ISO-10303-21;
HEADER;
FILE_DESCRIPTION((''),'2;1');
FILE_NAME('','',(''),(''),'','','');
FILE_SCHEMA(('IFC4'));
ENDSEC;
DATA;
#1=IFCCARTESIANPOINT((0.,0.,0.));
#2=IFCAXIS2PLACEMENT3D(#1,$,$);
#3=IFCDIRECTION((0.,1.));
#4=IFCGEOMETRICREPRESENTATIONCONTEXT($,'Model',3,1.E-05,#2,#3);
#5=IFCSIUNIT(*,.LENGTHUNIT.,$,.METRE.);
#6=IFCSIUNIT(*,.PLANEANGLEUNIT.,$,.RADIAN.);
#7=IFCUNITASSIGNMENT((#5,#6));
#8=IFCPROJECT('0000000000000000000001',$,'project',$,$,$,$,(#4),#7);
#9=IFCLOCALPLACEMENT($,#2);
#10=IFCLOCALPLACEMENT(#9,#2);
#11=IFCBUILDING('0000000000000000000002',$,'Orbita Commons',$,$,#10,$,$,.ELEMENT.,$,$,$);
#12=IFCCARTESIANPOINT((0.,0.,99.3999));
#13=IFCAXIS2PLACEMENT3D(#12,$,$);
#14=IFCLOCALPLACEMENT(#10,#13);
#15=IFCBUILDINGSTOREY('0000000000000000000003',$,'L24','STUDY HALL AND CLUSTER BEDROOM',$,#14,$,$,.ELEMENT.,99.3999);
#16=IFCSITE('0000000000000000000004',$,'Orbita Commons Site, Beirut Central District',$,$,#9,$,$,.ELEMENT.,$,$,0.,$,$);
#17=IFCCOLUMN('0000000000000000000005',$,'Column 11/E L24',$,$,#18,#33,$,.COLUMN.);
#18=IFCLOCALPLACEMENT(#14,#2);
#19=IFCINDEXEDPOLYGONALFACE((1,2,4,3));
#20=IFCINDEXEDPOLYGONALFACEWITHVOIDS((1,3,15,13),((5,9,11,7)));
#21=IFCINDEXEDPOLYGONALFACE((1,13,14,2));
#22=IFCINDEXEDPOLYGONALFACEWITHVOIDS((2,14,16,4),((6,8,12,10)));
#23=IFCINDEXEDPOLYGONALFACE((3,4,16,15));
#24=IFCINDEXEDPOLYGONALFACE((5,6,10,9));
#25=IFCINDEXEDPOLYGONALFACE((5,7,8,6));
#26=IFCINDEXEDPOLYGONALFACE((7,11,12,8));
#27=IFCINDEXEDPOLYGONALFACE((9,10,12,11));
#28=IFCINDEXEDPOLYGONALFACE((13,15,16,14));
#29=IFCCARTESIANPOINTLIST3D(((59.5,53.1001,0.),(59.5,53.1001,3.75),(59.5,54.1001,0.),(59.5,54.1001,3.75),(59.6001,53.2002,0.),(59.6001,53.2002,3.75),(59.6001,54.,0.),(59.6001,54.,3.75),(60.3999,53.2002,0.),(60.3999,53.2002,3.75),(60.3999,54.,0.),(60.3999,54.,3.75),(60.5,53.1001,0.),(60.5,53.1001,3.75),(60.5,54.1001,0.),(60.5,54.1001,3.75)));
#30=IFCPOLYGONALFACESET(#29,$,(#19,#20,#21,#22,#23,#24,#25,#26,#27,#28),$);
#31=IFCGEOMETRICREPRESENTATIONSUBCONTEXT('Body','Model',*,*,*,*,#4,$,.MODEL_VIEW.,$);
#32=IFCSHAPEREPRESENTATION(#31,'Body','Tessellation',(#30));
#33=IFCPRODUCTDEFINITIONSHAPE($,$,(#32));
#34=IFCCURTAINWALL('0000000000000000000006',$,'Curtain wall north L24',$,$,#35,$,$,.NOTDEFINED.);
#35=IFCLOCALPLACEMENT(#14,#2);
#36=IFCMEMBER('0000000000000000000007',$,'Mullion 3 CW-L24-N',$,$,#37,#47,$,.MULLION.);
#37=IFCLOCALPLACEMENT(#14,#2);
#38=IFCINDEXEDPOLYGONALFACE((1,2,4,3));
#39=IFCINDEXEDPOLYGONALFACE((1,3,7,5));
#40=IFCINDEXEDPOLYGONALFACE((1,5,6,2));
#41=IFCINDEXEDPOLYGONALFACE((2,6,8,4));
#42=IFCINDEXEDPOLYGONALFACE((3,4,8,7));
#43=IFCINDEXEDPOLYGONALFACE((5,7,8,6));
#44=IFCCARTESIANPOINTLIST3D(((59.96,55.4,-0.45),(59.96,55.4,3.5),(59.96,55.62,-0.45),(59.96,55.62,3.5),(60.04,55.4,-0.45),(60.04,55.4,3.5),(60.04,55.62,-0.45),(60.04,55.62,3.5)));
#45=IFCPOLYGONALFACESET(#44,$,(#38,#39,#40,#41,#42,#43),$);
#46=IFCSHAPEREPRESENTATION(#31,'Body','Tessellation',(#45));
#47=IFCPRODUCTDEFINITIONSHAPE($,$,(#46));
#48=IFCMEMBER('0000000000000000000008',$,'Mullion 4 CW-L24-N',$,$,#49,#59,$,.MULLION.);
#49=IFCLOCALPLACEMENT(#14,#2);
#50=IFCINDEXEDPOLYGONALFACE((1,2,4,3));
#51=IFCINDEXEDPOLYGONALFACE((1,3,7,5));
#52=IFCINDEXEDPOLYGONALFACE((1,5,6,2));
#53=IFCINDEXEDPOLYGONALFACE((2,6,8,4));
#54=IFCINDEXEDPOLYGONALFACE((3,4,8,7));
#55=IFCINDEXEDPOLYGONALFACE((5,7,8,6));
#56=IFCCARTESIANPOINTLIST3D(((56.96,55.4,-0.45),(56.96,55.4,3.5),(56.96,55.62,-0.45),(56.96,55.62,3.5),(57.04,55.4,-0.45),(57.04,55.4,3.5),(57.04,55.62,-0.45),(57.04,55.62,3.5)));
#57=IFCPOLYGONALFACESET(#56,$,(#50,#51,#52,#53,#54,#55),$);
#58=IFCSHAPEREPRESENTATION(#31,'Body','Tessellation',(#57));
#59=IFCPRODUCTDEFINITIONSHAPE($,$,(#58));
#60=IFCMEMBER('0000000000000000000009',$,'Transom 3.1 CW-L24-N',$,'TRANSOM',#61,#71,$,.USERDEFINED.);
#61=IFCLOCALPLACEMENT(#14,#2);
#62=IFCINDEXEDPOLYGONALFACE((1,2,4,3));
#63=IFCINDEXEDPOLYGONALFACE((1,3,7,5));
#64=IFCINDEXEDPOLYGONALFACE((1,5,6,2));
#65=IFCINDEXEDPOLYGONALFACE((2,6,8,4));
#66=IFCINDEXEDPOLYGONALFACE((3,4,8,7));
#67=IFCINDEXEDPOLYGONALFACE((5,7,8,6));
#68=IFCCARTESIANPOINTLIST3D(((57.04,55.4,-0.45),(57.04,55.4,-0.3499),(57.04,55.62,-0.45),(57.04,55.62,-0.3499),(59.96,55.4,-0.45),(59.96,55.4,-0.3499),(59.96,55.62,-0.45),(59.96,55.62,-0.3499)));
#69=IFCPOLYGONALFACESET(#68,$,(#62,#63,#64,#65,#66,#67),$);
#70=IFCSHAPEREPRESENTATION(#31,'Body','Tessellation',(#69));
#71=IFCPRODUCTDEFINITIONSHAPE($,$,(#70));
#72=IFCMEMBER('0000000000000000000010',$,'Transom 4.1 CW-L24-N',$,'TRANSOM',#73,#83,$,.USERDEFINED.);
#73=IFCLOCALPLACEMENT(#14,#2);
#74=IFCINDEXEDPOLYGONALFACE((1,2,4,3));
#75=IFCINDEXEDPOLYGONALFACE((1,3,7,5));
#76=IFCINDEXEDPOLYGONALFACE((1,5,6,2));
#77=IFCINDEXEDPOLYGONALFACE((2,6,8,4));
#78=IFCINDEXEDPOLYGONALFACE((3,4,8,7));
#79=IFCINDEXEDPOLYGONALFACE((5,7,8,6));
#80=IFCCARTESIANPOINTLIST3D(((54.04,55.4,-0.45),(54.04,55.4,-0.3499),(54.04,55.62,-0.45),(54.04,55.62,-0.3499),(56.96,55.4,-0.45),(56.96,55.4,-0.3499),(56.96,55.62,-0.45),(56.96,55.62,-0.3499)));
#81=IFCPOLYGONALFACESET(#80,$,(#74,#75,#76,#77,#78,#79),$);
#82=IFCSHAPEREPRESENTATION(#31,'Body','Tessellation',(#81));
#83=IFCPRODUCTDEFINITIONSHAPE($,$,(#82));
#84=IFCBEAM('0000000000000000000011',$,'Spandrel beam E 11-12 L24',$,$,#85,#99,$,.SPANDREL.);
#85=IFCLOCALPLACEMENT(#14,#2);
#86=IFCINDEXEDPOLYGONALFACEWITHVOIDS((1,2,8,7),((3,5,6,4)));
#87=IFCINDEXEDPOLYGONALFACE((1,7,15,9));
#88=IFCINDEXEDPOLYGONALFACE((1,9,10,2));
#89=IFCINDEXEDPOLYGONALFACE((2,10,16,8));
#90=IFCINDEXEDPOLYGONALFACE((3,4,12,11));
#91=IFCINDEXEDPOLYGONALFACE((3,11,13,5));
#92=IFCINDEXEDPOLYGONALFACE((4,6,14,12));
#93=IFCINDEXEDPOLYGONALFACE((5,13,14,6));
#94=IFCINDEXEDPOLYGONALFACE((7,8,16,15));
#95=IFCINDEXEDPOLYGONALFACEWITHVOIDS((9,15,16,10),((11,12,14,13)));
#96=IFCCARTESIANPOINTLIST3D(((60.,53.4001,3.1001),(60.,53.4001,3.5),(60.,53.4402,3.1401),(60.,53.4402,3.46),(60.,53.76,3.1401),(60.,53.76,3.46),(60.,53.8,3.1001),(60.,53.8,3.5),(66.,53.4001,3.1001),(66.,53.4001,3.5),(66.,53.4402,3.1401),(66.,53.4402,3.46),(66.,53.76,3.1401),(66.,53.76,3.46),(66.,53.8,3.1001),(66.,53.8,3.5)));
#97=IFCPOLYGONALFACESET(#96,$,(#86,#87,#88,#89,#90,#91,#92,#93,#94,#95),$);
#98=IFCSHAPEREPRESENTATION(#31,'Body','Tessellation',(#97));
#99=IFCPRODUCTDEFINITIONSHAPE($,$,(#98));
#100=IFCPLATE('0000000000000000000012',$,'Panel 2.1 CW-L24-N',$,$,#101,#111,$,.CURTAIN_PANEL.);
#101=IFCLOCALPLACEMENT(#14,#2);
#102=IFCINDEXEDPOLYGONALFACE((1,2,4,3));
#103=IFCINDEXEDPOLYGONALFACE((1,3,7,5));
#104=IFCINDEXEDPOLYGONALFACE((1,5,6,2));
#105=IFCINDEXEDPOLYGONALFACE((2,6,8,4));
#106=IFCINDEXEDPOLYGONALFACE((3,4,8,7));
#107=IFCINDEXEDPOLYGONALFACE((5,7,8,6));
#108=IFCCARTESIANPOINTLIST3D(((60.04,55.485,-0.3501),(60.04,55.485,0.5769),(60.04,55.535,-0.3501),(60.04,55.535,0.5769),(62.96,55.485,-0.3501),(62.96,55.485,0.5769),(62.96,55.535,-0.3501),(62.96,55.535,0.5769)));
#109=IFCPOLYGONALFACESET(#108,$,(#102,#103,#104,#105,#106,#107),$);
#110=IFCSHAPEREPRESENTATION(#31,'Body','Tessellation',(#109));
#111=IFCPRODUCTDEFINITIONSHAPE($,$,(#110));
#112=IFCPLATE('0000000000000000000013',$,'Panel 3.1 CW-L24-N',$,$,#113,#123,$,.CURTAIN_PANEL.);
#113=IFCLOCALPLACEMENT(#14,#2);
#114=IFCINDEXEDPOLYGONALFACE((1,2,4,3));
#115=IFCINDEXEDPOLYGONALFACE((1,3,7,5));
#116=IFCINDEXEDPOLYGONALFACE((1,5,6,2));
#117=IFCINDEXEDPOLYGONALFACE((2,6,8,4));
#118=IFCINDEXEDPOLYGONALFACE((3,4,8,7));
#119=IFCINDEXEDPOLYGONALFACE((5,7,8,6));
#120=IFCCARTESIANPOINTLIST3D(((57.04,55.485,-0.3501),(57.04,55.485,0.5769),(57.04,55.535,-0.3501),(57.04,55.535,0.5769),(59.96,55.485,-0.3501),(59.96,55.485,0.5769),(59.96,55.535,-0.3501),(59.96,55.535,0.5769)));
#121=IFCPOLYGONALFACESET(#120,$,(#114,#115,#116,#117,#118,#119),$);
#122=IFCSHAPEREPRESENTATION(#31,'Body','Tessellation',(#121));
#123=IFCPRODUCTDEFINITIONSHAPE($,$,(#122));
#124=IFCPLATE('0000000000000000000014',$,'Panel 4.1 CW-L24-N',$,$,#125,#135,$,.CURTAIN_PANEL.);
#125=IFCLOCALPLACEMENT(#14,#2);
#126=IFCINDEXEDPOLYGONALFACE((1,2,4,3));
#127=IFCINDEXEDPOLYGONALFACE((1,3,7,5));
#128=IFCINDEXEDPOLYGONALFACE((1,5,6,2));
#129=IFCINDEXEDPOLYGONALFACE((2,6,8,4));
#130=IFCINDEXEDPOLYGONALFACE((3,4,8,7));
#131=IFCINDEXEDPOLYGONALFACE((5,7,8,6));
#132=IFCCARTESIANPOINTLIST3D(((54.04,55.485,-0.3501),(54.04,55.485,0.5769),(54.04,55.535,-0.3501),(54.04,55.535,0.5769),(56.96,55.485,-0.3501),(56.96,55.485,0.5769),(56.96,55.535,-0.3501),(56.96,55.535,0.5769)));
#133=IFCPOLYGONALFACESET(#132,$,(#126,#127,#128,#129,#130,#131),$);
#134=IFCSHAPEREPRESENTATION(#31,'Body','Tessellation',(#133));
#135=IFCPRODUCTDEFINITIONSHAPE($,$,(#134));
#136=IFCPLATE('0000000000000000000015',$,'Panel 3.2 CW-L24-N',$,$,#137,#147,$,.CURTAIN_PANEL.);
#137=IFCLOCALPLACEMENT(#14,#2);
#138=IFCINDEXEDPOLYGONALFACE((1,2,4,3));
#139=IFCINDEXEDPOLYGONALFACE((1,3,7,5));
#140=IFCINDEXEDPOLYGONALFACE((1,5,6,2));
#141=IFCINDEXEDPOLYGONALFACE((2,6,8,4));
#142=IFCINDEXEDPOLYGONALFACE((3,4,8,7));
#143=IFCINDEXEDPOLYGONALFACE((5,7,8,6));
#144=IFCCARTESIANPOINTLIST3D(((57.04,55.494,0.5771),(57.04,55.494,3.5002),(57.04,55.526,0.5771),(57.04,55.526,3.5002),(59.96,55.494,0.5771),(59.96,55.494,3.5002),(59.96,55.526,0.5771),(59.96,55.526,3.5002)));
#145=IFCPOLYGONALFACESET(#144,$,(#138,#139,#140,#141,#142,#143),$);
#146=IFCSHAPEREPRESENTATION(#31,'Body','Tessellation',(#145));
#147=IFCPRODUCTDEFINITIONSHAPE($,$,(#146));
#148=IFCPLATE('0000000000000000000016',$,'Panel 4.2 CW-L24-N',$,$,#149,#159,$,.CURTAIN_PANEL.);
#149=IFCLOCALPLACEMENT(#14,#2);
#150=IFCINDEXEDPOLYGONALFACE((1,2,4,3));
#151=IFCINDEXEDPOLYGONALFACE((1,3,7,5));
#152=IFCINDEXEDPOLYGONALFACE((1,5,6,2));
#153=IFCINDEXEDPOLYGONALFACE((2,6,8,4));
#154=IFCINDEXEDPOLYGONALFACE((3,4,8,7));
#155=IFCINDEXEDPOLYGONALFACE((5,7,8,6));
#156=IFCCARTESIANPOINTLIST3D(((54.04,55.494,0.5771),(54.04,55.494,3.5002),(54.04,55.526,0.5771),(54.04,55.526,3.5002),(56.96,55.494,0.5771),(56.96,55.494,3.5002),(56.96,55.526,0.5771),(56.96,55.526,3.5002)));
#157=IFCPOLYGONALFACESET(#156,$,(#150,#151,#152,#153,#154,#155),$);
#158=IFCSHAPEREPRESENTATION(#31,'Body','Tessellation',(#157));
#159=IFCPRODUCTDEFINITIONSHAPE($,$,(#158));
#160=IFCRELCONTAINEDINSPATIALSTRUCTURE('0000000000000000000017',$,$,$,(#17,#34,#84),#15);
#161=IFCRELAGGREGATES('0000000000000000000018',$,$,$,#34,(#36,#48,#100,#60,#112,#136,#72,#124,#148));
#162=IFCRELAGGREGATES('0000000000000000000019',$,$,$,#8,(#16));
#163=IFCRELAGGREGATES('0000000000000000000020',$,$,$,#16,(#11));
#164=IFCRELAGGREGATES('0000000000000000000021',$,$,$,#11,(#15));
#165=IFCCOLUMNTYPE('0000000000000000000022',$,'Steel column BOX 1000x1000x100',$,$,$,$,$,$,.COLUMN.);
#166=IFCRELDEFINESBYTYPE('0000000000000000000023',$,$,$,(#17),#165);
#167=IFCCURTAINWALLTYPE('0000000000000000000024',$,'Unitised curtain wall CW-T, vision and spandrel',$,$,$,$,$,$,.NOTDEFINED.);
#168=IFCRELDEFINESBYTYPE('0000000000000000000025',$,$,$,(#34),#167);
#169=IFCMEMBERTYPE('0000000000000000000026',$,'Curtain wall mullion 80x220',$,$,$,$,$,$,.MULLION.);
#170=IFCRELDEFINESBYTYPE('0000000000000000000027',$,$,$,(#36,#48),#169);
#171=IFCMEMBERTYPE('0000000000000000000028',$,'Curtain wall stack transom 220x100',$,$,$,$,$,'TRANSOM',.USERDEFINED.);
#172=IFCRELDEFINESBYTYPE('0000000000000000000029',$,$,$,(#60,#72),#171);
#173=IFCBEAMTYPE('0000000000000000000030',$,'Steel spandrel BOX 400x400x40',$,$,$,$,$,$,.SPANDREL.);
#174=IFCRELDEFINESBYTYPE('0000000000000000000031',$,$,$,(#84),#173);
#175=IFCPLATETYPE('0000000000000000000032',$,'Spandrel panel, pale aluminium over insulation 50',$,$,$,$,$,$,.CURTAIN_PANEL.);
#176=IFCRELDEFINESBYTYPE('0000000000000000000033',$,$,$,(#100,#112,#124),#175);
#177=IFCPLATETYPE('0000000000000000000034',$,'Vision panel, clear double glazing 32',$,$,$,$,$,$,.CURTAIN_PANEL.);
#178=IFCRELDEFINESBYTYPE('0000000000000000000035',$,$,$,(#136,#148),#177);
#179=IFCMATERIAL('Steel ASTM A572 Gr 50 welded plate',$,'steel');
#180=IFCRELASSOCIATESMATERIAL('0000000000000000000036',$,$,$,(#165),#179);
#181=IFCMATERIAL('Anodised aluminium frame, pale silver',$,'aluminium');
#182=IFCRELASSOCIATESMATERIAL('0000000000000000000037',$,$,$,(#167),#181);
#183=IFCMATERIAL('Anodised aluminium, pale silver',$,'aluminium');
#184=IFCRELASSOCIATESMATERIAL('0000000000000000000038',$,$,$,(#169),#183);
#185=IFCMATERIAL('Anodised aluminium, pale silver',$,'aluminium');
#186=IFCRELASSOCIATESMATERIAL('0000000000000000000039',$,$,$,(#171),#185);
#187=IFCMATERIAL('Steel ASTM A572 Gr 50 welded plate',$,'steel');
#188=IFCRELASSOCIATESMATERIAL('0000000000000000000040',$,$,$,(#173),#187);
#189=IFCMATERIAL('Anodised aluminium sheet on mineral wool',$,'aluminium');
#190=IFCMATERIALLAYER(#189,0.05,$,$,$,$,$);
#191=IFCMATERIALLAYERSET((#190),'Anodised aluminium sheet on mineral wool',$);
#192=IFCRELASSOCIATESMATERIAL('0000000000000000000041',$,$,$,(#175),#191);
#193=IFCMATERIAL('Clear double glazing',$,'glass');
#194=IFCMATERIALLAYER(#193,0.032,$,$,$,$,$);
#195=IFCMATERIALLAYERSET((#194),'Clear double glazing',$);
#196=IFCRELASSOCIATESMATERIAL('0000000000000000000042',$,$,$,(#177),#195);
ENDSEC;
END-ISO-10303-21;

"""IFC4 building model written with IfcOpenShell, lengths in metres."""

from ifc_helpers import new_model, si_unit, direction, frame, origin, origin_2d, place, context, subcontext, project, spatial, rectangle, hollow_rectangle, extrude, material, layer, layer_set, material_profile, profile_set, type_object, element, aggregate, save


model = new_model("IFC4")

# Units and contexts
model_context = context("Model", 3, precision=1e-05, world=origin(), true_north=direction((0.0, 1.0)))
body_context = subcontext(model_context, "Body", "Model", "MODEL_VIEW")
ifc_project = project(units=[si_unit("LENGTHUNIT", "METRE"), si_unit("PLANEANGLEUNIT", "RADIAN")], contexts=[model_context])

# Site, building, storey
site_placement = place(None, origin())
site = spatial("IfcSite", under=ifc_project, at=site_placement, Name="Orbita Commons Site, Beirut Central District", CompositionType="ELEMENT", RefElevation=0.0)
building_placement = place(site_placement, origin())
building = spatial("IfcBuilding", under=site, at=building_placement, Name="Orbita Commons", CompositionType="ELEMENT")
storey_placement = place(building_placement, frame((0.0, 0.0, 99.3999)))
storey = spatial("IfcBuildingStorey", under=building, at=storey_placement, Name="L24", Description="STUDY HALL AND CLUSTER BEDROOM", CompositionType="ELEMENT", Elevation=99.3999)

# Column
ifc_material_1 = material(Name="Steel ASTM A572 Gr 50 welded plate", Category="steel")
ifc_material_profile_1 = material_profile(ifc_material_1, hollow_rectangle(XDim=1.0, YDim=1.0, WallThickness=0.1001, at=origin_2d()), Name="BOX 1000x1000x100")
ifc_profile_set_1 = profile_set([ifc_material_profile_1], Name="Steel ASTM A572 Gr 50 welded plate")
column_type = type_object("IfcColumnType", Name="Steel column BOX 1000x1000x100", PredefinedType="COLUMN", material=ifc_profile_set_1)
column_placement = place(storey_placement, frame((60.0, 53.6001, 0.0), z_axis=(0.0, 0.0, 1.0), x_axis=(1.0, 0.0, 0.0)))
element("IfcColumn", 1, at=column_placement, inside=storey, type_object=column_type, Name="Column 11/E L24", PredefinedType="COLUMN", context=body_context, shape_type="SweptSolid", body=[
    extrude(hollow_rectangle(XDim=1.0, YDim=1.0, WallThickness=0.1001, at=origin_2d()), origin(), (0.0, 0.0, 1.0), 3.75),
])

# Curtain wall, members
ifc_material_2 = material(Name="Anodised aluminium frame, pale silver", Category="aluminium")
curtain_wall_type = type_object("IfcCurtainWallType", Name="Unitised curtain wall CW-T, vision and spandrel", PredefinedType="NOTDEFINED", material=ifc_material_2)
curtain_wall_placement = place(storey_placement, origin())
curtain_wall = element("IfcCurtainWall", 2, at=curtain_wall_placement, inside=storey, type_object=curtain_wall_type, Name="Curtain wall north L24", PredefinedType="NOTDEFINED")
ifc_material_3 = material(Name="Anodised aluminium, pale silver", Category="aluminium")
ifc_material_profile_2 = material_profile(ifc_material_3, rectangle(XDim=0.0801, YDim=0.22, at=origin_2d()), Name="AL 80x220")
ifc_profile_set_2 = profile_set([ifc_material_profile_2], Name="Anodised aluminium, pale silver")
member_type_1 = type_object("IfcMemberType", Name="Curtain wall mullion 80x220", PredefinedType="MULLION", material=ifc_profile_set_2)
member_1_placement = place(storey_placement, frame((60.0, 55.51, -0.45), z_axis=(0.0, 0.0, 1.0), x_axis=(-1.0, 0.0, 0.0)))
member_1 = element("IfcMember", 3, at=member_1_placement, type_object=member_type_1, Name="Mullion 3 CW-L24-N", PredefinedType="MULLION", context=body_context, shape_type="SweptSolid", body=[
    extrude(rectangle(XDim=0.0801, YDim=0.22, at=origin_2d()), origin(), (0.0, 0.0, 1.0), 3.95),
])
member_2_placement = place(storey_placement, frame((57.0, 55.51, -0.45), z_axis=(0.0, 0.0, 1.0), x_axis=(-1.0, 0.0, 0.0)))
member_2 = element("IfcMember", 4, at=member_2_placement, type_object=member_type_1, Name="Mullion 4 CW-L24-N", PredefinedType="MULLION", context=body_context, shape_type="SweptSolid", body=[
    extrude(rectangle(XDim=0.0801, YDim=0.22, at=origin_2d()), origin(), (0.0, 0.0, 1.0), 3.95),
])
ifc_material_4 = material(Name="Anodised aluminium, pale silver", Category="aluminium")
ifc_material_profile_3 = material_profile(ifc_material_4, rectangle(XDim=0.22, YDim=0.1001, at=origin_2d()), Name="AL 220x100")
ifc_profile_set_3 = profile_set([ifc_material_profile_3], Name="Anodised aluminium, pale silver")
member_type_2 = type_object("IfcMemberType", Name="Curtain wall stack transom 220x100", ElementType="TRANSOM", PredefinedType="USERDEFINED", material=ifc_profile_set_3)
member_3_placement = place(storey_placement, frame((59.96, 55.51, -0.3999), z_axis=(-1.0, 0.0, 0.0), x_axis=(0.0, -1.0, 0.0)))
member_3 = element("IfcMember", 5, at=member_3_placement, type_object=member_type_2, Name="Transom 3.1 CW-L24-N", ObjectType="TRANSOM", PredefinedType="USERDEFINED", context=body_context, shape_type="SweptSolid", body=[
    extrude(rectangle(XDim=0.22, YDim=0.1001, at=origin_2d()), origin(), (0.0, 0.0, 1.0), 2.9199),
])
member_4_placement = place(storey_placement, frame((56.96, 55.51, -0.3999), z_axis=(-1.0, 0.0, 0.0), x_axis=(0.0, -1.0, 0.0)))
member_4 = element("IfcMember", 6, at=member_4_placement, type_object=member_type_2, Name="Transom 4.1 CW-L24-N", ObjectType="TRANSOM", PredefinedType="USERDEFINED", context=body_context, shape_type="SweptSolid", body=[
    extrude(rectangle(XDim=0.22, YDim=0.1001, at=origin_2d()), origin(), (0.0, 0.0, 1.0), 2.9199),
])

# Beam
ifc_material_5 = material(Name="Steel ASTM A572 Gr 50 welded plate", Category="steel")
ifc_material_profile_4 = material_profile(ifc_material_5, hollow_rectangle(XDim=0.3999, YDim=0.3999, WallThickness=0.04, at=origin_2d()), Name="BOX 400x400x40")
ifc_profile_set_4 = profile_set([ifc_material_profile_4], Name="Steel ASTM A572 Gr 50 welded plate")
beam_type = type_object("IfcBeamType", Name="Steel spandrel BOX 400x400x40", PredefinedType="SPANDREL", material=ifc_profile_set_4)
beam_placement = place(storey_placement, frame((60.0, 53.6001, 3.3), z_axis=(1.0, 0.0, 0.0), x_axis=(0.0, 1.0, 0.0)))
element("IfcBeam", 7, at=beam_placement, inside=storey, type_object=beam_type, Name="Spandrel beam E 11-12 L24", PredefinedType="SPANDREL", context=body_context, shape_type="SweptSolid", body=[
    extrude(hollow_rectangle(XDim=0.3999, YDim=0.3999, WallThickness=0.04, at=origin_2d()), origin(), (0.0, 0.0, 1.0), 6.0),
])

# Plates
ifc_material_6 = material(Name="Anodised aluminium sheet on mineral wool", Category="aluminium")
ifc_layer_1 = layer(ifc_material_6, 0.05)
ifc_layer_set_1 = layer_set([ifc_layer_1], Name="Anodised aluminium sheet on mineral wool")
plate_type_1 = type_object("IfcPlateType", Name="Spandrel panel, pale aluminium over insulation 50", PredefinedType="CURTAIN_PANEL", material=ifc_layer_set_1)
plate_1_placement = place(storey_placement, frame((61.5, 55.51, -0.3501), z_axis=(0.0, 0.0, 1.0), x_axis=(-1.0, 0.0, 0.0)))
plate_1 = element("IfcPlate", 8, at=plate_1_placement, type_object=plate_type_1, Name="Panel 2.1 CW-L24-N", PredefinedType="CURTAIN_PANEL", context=body_context, shape_type="SweptSolid", body=[
    extrude(rectangle(XDim=2.9199, YDim=0.05, at=origin_2d()), origin(), (0.0, 0.0, 1.0), 0.927),
])
plate_2_placement = place(storey_placement, frame((58.5, 55.51, -0.3501), z_axis=(0.0, 0.0, 1.0), x_axis=(-1.0, 0.0, 0.0)))
plate_2 = element("IfcPlate", 9, at=plate_2_placement, type_object=plate_type_1, Name="Panel 3.1 CW-L24-N", PredefinedType="CURTAIN_PANEL", context=body_context, shape_type="SweptSolid", body=[
    extrude(rectangle(XDim=2.9199, YDim=0.05, at=origin_2d()), origin(), (0.0, 0.0, 1.0), 0.927),
])
plate_3_placement = place(storey_placement, frame((55.5, 55.51, -0.3501), z_axis=(0.0, 0.0, 1.0), x_axis=(-1.0, 0.0, 0.0)))
plate_3 = element("IfcPlate", 10, at=plate_3_placement, type_object=plate_type_1, Name="Panel 4.1 CW-L24-N", PredefinedType="CURTAIN_PANEL", context=body_context, shape_type="SweptSolid", body=[
    extrude(rectangle(XDim=2.9199, YDim=0.05, at=origin_2d()), origin(), (0.0, 0.0, 1.0), 0.927),
])
ifc_material_7 = material(Name="Clear double glazing", Category="glass")
ifc_layer_2 = layer(ifc_material_7, 0.032)
ifc_layer_set_2 = layer_set([ifc_layer_2], Name="Clear double glazing")
plate_type_2 = type_object("IfcPlateType", Name="Vision panel, clear double glazing 32", PredefinedType="CURTAIN_PANEL", material=ifc_layer_set_2)
plate_4_placement = place(storey_placement, frame((58.5, 55.51, 0.5771), z_axis=(0.0, 0.0, 1.0), x_axis=(-1.0, 0.0, 0.0)))
plate_4 = element("IfcPlate", 11, at=plate_4_placement, type_object=plate_type_2, Name="Panel 3.2 CW-L24-N", PredefinedType="CURTAIN_PANEL", context=body_context, shape_type="SweptSolid", body=[
    extrude(rectangle(XDim=2.9199, YDim=0.032, at=origin_2d()), origin(), (0.0, 0.0, 1.0), 2.9231),
])
plate_5_placement = place(storey_placement, frame((55.5, 55.51, 0.5771), z_axis=(0.0, 0.0, 1.0), x_axis=(-1.0, 0.0, 0.0)))
plate_5 = element("IfcPlate", 12, at=plate_5_placement, type_object=plate_type_2, Name="Panel 4.2 CW-L24-N", PredefinedType="CURTAIN_PANEL", context=body_context, shape_type="SweptSolid", body=[
    extrude(rectangle(XDim=2.9199, YDim=0.032, at=origin_2d()), origin(), (0.0, 0.0, 1.0), 2.9231),
])
aggregate(curtain_wall, [member_1, member_2, plate_1, member_3, plate_2, plate_4, member_4, plate_3, plate_5])

save(model, "model.ifc")
